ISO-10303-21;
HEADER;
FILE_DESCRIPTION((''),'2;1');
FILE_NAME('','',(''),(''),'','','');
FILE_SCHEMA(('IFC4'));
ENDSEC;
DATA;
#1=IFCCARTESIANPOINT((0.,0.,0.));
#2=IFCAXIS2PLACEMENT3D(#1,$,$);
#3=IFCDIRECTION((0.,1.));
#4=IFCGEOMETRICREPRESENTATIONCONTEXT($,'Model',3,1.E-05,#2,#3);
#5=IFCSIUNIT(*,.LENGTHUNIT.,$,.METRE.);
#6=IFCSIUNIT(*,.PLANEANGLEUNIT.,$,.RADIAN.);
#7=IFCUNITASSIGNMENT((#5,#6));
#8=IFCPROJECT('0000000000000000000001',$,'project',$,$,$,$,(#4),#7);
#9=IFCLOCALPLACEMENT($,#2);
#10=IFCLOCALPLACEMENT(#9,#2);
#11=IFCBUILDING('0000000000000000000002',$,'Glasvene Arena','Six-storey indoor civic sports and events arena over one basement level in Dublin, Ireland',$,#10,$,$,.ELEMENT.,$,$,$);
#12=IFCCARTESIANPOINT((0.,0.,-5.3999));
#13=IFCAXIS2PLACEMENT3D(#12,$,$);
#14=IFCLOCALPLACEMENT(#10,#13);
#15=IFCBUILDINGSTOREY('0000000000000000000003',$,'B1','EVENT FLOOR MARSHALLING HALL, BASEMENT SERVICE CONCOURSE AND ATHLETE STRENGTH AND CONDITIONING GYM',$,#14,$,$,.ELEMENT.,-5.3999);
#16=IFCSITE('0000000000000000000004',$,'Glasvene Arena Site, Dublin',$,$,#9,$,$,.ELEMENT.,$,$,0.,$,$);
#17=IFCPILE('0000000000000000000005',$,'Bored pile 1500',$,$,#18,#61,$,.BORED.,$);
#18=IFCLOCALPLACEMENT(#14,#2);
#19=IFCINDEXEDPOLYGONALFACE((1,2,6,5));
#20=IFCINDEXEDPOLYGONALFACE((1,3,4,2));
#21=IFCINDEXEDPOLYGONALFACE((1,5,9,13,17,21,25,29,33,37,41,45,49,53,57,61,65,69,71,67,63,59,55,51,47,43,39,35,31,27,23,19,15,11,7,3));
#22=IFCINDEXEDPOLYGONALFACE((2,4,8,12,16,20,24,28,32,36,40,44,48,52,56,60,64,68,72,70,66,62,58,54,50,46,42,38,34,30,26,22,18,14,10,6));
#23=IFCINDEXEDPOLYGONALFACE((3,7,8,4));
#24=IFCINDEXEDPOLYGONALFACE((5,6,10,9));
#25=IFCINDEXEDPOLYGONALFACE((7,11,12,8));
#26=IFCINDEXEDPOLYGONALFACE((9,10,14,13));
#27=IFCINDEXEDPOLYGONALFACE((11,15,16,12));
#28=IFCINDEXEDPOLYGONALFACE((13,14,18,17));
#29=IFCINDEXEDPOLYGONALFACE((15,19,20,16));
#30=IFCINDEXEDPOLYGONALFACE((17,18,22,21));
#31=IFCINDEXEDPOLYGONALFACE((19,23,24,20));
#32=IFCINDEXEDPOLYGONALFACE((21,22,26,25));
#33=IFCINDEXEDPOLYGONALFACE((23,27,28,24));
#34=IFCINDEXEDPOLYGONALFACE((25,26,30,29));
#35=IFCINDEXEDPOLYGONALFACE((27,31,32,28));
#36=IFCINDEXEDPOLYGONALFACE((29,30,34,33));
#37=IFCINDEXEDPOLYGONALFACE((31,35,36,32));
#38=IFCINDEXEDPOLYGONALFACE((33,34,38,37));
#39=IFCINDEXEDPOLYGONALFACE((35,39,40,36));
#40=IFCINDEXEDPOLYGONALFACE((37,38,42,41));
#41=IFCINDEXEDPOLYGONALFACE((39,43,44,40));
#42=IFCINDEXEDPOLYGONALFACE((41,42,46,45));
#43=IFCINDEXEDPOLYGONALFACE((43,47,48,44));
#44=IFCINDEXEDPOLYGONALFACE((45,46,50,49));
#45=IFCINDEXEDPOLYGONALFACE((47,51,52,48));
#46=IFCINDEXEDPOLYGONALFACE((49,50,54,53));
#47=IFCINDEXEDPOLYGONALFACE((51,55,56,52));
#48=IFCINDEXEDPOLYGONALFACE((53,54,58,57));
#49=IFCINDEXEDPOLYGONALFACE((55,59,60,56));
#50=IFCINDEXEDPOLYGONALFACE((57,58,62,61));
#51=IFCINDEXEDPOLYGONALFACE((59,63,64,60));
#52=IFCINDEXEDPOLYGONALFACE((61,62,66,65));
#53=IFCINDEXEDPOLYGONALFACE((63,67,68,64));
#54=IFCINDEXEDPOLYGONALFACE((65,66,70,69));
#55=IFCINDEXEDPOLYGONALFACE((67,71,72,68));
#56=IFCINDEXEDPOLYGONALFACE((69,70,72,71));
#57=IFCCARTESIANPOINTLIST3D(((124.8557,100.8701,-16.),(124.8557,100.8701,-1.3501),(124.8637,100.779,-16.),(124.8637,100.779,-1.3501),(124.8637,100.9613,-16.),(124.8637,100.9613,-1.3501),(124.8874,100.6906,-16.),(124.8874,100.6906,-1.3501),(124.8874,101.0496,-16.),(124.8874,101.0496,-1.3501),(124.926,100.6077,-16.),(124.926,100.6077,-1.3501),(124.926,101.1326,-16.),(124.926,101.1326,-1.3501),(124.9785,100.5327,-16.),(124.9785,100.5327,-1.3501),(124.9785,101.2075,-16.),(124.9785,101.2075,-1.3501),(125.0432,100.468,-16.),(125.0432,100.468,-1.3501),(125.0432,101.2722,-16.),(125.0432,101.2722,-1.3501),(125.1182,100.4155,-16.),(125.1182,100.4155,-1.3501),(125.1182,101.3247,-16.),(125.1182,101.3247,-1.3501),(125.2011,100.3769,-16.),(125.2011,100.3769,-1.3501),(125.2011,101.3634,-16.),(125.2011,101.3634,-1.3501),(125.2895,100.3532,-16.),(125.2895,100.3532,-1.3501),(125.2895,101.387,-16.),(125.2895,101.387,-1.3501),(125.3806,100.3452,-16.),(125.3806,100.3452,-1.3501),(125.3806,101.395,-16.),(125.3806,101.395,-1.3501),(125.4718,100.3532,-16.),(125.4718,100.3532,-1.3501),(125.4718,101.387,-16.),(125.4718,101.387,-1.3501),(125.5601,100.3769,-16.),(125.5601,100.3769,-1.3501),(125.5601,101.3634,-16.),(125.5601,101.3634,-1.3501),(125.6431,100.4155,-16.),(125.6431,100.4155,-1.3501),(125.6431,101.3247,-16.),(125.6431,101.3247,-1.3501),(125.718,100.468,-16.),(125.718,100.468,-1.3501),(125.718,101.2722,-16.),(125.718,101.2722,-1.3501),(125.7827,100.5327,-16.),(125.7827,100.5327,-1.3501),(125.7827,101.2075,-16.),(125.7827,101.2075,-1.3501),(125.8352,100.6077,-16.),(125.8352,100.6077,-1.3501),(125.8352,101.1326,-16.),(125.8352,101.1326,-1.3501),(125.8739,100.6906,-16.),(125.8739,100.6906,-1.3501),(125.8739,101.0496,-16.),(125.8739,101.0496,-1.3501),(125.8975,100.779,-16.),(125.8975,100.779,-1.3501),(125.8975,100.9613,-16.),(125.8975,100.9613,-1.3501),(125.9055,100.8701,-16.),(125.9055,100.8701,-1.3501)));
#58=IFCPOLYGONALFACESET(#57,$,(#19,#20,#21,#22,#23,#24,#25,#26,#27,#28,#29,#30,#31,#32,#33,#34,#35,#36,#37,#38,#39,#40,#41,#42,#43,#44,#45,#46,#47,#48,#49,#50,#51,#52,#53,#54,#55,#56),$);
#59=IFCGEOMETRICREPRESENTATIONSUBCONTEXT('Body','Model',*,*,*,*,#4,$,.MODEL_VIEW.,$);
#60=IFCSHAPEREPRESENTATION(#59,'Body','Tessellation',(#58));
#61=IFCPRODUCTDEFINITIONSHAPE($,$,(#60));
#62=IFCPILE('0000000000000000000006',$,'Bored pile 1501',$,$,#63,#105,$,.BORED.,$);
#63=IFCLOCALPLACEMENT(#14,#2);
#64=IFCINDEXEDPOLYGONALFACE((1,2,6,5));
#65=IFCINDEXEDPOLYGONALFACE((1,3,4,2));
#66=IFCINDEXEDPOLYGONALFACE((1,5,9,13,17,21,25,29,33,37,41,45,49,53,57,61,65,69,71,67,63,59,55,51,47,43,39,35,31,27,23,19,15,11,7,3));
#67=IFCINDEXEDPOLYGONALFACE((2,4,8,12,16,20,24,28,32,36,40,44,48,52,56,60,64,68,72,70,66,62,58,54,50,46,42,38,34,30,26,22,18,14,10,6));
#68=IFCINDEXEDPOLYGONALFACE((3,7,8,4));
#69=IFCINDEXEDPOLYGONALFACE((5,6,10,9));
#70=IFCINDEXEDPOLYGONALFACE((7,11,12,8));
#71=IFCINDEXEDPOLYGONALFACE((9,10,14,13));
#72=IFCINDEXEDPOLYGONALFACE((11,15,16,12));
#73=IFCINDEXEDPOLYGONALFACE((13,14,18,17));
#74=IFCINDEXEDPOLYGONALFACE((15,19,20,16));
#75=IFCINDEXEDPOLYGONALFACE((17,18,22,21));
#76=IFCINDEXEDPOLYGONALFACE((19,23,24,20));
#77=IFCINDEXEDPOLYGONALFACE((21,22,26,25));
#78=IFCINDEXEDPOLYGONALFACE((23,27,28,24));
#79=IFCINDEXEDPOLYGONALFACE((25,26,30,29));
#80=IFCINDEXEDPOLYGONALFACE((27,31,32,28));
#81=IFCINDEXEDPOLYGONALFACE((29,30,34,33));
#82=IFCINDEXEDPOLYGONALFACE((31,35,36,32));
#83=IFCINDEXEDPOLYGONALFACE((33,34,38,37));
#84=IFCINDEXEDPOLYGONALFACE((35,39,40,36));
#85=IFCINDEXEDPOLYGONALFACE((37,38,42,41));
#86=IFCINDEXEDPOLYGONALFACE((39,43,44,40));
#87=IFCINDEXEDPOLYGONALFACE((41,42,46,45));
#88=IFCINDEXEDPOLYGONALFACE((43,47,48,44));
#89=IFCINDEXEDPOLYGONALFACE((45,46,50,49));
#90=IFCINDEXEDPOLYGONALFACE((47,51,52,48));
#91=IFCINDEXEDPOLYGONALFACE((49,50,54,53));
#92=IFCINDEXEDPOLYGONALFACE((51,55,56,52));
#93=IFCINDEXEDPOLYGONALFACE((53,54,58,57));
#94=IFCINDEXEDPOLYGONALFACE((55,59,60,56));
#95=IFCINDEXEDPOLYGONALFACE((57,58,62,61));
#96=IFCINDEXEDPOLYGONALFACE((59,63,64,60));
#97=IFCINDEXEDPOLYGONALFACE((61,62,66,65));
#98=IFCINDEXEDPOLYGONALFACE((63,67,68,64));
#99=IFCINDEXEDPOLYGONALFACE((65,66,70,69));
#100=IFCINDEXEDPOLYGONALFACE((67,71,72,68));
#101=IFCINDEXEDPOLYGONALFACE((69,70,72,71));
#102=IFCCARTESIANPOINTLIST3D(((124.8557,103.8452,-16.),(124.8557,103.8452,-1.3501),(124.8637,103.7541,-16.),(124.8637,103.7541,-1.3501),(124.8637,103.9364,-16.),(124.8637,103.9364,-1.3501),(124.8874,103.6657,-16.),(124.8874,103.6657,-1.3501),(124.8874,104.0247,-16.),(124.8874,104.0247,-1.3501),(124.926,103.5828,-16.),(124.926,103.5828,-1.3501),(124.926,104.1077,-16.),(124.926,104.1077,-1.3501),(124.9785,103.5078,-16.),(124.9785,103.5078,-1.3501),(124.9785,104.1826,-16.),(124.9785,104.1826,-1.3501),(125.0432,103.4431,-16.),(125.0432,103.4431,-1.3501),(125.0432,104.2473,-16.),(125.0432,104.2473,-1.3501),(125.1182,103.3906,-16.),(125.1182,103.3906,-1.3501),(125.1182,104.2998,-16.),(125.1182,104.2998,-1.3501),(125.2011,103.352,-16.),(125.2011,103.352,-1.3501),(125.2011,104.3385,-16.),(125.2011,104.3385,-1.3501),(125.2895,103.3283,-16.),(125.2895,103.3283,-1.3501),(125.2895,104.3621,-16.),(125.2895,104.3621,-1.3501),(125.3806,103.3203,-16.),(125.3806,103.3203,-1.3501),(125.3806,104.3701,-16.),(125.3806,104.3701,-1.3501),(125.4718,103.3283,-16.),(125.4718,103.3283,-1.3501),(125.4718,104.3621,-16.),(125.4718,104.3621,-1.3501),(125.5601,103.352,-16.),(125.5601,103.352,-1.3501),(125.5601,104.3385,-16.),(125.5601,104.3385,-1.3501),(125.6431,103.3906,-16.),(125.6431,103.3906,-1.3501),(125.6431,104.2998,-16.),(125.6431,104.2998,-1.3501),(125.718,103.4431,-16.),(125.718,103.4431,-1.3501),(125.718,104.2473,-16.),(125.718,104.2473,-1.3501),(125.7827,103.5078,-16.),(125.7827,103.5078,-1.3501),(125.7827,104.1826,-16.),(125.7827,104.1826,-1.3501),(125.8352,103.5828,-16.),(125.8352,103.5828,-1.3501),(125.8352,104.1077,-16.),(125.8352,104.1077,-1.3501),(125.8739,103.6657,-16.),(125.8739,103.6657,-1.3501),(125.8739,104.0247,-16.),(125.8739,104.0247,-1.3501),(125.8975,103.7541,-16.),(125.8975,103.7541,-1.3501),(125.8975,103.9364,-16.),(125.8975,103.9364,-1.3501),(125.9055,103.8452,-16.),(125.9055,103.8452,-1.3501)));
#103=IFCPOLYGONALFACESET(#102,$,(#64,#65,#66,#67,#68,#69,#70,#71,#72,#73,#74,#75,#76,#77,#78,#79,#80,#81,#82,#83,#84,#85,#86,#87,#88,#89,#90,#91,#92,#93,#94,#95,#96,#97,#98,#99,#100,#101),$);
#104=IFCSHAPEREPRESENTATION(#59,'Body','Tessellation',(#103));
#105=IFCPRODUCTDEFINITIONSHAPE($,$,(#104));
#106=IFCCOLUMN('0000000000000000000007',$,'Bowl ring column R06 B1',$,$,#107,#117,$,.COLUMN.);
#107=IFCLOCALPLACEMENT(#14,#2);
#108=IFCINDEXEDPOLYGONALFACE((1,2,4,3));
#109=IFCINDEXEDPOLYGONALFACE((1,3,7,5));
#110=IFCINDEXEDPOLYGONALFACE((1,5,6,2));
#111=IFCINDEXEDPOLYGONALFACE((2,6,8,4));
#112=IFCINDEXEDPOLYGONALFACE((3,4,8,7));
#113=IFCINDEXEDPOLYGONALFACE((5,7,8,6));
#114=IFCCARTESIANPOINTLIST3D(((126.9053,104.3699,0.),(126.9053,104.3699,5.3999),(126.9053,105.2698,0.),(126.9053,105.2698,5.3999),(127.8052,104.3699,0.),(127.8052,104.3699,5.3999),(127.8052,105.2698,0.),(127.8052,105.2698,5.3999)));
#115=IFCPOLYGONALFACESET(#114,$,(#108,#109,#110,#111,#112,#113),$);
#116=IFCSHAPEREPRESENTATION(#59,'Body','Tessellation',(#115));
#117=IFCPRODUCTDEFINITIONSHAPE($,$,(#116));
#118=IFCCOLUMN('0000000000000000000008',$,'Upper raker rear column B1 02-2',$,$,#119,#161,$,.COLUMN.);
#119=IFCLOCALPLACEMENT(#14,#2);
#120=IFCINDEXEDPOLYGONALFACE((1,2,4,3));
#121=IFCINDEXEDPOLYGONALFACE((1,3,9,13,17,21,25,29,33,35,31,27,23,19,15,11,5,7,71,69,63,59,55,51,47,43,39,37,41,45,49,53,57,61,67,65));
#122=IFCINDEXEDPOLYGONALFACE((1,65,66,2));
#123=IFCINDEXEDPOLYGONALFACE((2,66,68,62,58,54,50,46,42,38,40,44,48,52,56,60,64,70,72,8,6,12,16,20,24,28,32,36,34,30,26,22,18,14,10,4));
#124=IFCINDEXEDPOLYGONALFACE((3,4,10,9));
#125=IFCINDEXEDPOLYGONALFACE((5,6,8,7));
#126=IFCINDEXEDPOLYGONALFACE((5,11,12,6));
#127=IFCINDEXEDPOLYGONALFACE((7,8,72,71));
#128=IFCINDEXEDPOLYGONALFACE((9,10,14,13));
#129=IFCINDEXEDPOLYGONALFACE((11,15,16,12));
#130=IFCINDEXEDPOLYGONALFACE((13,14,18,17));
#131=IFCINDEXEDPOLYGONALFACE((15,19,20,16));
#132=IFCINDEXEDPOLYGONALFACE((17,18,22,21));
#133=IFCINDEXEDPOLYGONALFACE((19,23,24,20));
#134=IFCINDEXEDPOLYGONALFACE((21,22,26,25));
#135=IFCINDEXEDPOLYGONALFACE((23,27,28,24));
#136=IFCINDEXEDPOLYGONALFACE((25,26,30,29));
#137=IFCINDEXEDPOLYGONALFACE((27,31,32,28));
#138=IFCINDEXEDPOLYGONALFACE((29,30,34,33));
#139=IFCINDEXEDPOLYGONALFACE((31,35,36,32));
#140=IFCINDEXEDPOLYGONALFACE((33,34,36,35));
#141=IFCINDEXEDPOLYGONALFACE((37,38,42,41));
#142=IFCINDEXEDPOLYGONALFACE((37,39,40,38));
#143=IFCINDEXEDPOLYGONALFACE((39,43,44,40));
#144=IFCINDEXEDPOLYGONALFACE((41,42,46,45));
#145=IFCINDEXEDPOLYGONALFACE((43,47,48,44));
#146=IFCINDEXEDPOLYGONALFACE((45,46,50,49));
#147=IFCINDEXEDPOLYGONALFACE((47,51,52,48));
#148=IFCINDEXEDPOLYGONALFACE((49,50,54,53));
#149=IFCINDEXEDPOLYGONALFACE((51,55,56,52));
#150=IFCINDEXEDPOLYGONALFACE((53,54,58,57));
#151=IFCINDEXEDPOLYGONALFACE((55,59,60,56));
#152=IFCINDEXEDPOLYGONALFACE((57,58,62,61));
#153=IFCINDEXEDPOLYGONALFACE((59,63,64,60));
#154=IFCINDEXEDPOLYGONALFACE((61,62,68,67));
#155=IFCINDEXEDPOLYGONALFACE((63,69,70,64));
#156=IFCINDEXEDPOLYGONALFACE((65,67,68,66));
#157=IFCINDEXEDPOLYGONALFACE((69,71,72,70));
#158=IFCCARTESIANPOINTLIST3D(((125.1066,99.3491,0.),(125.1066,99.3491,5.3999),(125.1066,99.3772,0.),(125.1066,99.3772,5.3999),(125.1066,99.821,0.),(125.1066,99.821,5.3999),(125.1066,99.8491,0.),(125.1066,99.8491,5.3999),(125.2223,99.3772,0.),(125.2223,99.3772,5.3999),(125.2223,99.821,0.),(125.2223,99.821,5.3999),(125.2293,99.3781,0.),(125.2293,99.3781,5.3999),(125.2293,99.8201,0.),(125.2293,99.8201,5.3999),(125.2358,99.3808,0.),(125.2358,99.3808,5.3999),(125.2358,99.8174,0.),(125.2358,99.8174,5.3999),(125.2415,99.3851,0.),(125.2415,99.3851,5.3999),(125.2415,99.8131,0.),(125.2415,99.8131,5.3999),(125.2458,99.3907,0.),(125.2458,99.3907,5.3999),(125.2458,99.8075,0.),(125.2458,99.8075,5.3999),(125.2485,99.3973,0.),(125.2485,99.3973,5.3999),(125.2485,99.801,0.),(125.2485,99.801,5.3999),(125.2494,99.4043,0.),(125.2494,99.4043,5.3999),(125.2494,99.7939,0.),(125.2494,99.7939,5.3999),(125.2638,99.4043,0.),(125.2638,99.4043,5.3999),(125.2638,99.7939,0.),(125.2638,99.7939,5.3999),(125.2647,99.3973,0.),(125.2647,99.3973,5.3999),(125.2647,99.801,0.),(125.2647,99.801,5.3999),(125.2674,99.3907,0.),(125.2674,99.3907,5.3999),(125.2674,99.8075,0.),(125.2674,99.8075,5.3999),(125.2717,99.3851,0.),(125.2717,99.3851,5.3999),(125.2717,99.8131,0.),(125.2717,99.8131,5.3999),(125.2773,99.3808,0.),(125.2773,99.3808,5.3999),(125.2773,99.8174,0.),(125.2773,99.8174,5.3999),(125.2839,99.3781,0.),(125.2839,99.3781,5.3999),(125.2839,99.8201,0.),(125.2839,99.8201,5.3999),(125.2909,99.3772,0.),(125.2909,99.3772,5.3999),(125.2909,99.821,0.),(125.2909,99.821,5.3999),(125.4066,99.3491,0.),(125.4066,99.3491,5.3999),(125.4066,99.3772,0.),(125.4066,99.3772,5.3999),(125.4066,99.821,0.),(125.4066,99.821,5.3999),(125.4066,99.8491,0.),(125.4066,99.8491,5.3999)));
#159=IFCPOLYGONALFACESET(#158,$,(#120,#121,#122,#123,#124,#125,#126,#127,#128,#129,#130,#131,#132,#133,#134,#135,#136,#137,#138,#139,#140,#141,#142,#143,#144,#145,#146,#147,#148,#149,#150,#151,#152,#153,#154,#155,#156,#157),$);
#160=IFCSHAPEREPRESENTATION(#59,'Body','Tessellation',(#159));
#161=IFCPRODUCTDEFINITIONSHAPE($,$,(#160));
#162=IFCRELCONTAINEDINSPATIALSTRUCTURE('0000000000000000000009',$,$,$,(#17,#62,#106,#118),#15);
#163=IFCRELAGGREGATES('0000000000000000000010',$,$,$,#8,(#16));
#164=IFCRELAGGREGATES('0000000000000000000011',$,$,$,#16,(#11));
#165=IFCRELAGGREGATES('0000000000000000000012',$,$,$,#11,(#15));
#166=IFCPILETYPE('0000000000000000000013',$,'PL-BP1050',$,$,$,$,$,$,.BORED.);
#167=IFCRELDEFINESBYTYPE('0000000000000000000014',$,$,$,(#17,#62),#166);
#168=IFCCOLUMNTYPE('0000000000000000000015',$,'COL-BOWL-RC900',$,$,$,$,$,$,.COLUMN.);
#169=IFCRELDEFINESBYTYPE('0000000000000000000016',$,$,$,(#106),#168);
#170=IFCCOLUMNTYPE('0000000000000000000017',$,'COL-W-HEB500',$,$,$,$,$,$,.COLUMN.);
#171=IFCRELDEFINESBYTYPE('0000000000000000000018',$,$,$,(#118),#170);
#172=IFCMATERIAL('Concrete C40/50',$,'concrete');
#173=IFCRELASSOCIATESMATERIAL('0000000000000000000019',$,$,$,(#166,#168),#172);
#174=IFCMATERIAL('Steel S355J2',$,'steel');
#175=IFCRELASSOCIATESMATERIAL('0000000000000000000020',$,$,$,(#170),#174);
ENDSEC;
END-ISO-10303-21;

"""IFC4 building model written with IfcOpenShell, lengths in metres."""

from ifc_helpers import new_model, si_unit, direction, frame, origin, origin_2d, place, context, subcontext, project, spatial, rectangle, circle, i_section, extrude, material, material_profile, profile_set, type_object, element, save


model = new_model("IFC4")

# Units and contexts
model_context = context("Model", 3, precision=1e-05, world=origin(), true_north=direction((0.0, 1.0)))
body_context = subcontext(model_context, "Body", "Model", "MODEL_VIEW")
ifc_project = project(units=[si_unit("LENGTHUNIT", "METRE"), si_unit("PLANEANGLEUNIT", "RADIAN")], contexts=[model_context])

# Site, building, storey
site_placement = place(None, origin())
site = spatial("IfcSite", under=ifc_project, at=site_placement, Name="Glasvene Arena Site, Dublin", CompositionType="ELEMENT", RefElevation=0.0)
building_placement = place(site_placement, origin())
building = spatial("IfcBuilding", under=site, at=building_placement, Name="Glasvene Arena", Description="Six-storey indoor civic sports and events arena over one basement level in Dublin, Ireland", CompositionType="ELEMENT")
storey_placement = place(building_placement, frame((0.0, 0.0, -5.3999)))
storey = spatial("IfcBuildingStorey", under=building, at=storey_placement, Name="B1", Description="EVENT FLOOR MARSHALLING HALL, BASEMENT SERVICE CONCOURSE AND ATHLETE STRENGTH AND CONDITIONING GYM", CompositionType="ELEMENT", Elevation=-5.3999)

# Shared definitions
ifc_material_1 = material(Name="Concrete C40/50", Category="concrete")

# Piles
ifc_material_profile_1 = material_profile(ifc_material_1, circle(Radius=0.5249, at=origin_2d()), Name="BORED PILE 1050")
ifc_profile_set_1 = profile_set([ifc_material_profile_1], Name="Concrete C40/50")
pile_type = type_object("IfcPileType", Name="PL-BP1050", PredefinedType="BORED", material=ifc_profile_set_1)
for number, where, z_axis, x_axis, name in (
    (1, (125.3806, 100.8701, -1.3501), (0.0, 0.0, -1.0), (1.0, 0.0, 0.0), "Bored pile 1500"),
    (2, (125.3806, 103.8452, -1.3501), (0.0, 0.0, -1.0), (1.0, 0.0, 0.0), "Bored pile 1501"),
):
    element("IfcPile", number, at=place(storey_placement, frame(where, z_axis=z_axis, x_axis=x_axis)), inside=storey, type_object=pile_type, Name=name, PredefinedType="BORED", context=body_context, shape_type="SweptSolid", body=[
        extrude(circle(Radius=0.5249, at=origin_2d()), origin(), (0.0, 0.0, 1.0), 14.6499),
    ])

# Columns
ifc_material_profile_2 = material_profile(ifc_material_1, rectangle(XDim=0.8999, YDim=0.8999, at=origin_2d()), Name="RC 900x900")
ifc_profile_set_2 = profile_set([ifc_material_profile_2], Name="Concrete C40/50")
column_type_1 = type_object("IfcColumnType", Name="COL-BOWL-RC900", PredefinedType="COLUMN", material=ifc_profile_set_2)
column_placement = place(storey_placement, frame((127.3552, 104.8198, 0.0), z_axis=(0.0, 0.0, 1.0), x_axis=(1.0, 0.0, 0.0)))
element("IfcColumn", 3, at=column_placement, inside=storey, type_object=column_type_1, Name="Bowl ring column R06 B1", PredefinedType="COLUMN", context=body_context, shape_type="SweptSolid", body=[
    extrude(rectangle(XDim=0.8999, YDim=0.8999, at=origin_2d()), origin(), (0.0, 0.0, 1.0), 5.3999),
])
ifc_material_2 = material(Name="Steel S355J2", Category="steel")
ifc_material_profile_3 = material_profile(ifc_material_2, i_section(OverallWidth=0.3, OverallDepth=0.5, WebThickness=0.0144, FlangeThickness=0.0281, FilletRadius=0.0271, at=origin_2d()), Name="HEB 500")
ifc_profile_set_3 = profile_set([ifc_material_profile_3], Name="Steel S355J2")
column_type_2 = type_object("IfcColumnType", Name="COL-W-HEB500", PredefinedType="COLUMN", material=ifc_profile_set_3)
for number, where, z_axis, x_axis, name in (
    (4, (125.2566, 99.5991, 0.0), (0.0, 0.0, 1.0), (1.0, 0.0, 0.0), "Upper raker rear column B1 02-2"),
):
    element("IfcColumn", number, at=place(storey_placement, frame(where, z_axis=z_axis, x_axis=x_axis)), inside=storey, type_object=column_type_2, Name=name, PredefinedType="COLUMN", context=body_context, shape_type="SweptSolid", body=[
        extrude(i_section(OverallWidth=0.3, OverallDepth=0.5, WebThickness=0.0144, FlangeThickness=0.0281, FilletRadius=0.0271, at=origin_2d()), origin(), (0.0, 0.0, 1.0), 5.3999),
    ])

save(model, "model.ifc")
